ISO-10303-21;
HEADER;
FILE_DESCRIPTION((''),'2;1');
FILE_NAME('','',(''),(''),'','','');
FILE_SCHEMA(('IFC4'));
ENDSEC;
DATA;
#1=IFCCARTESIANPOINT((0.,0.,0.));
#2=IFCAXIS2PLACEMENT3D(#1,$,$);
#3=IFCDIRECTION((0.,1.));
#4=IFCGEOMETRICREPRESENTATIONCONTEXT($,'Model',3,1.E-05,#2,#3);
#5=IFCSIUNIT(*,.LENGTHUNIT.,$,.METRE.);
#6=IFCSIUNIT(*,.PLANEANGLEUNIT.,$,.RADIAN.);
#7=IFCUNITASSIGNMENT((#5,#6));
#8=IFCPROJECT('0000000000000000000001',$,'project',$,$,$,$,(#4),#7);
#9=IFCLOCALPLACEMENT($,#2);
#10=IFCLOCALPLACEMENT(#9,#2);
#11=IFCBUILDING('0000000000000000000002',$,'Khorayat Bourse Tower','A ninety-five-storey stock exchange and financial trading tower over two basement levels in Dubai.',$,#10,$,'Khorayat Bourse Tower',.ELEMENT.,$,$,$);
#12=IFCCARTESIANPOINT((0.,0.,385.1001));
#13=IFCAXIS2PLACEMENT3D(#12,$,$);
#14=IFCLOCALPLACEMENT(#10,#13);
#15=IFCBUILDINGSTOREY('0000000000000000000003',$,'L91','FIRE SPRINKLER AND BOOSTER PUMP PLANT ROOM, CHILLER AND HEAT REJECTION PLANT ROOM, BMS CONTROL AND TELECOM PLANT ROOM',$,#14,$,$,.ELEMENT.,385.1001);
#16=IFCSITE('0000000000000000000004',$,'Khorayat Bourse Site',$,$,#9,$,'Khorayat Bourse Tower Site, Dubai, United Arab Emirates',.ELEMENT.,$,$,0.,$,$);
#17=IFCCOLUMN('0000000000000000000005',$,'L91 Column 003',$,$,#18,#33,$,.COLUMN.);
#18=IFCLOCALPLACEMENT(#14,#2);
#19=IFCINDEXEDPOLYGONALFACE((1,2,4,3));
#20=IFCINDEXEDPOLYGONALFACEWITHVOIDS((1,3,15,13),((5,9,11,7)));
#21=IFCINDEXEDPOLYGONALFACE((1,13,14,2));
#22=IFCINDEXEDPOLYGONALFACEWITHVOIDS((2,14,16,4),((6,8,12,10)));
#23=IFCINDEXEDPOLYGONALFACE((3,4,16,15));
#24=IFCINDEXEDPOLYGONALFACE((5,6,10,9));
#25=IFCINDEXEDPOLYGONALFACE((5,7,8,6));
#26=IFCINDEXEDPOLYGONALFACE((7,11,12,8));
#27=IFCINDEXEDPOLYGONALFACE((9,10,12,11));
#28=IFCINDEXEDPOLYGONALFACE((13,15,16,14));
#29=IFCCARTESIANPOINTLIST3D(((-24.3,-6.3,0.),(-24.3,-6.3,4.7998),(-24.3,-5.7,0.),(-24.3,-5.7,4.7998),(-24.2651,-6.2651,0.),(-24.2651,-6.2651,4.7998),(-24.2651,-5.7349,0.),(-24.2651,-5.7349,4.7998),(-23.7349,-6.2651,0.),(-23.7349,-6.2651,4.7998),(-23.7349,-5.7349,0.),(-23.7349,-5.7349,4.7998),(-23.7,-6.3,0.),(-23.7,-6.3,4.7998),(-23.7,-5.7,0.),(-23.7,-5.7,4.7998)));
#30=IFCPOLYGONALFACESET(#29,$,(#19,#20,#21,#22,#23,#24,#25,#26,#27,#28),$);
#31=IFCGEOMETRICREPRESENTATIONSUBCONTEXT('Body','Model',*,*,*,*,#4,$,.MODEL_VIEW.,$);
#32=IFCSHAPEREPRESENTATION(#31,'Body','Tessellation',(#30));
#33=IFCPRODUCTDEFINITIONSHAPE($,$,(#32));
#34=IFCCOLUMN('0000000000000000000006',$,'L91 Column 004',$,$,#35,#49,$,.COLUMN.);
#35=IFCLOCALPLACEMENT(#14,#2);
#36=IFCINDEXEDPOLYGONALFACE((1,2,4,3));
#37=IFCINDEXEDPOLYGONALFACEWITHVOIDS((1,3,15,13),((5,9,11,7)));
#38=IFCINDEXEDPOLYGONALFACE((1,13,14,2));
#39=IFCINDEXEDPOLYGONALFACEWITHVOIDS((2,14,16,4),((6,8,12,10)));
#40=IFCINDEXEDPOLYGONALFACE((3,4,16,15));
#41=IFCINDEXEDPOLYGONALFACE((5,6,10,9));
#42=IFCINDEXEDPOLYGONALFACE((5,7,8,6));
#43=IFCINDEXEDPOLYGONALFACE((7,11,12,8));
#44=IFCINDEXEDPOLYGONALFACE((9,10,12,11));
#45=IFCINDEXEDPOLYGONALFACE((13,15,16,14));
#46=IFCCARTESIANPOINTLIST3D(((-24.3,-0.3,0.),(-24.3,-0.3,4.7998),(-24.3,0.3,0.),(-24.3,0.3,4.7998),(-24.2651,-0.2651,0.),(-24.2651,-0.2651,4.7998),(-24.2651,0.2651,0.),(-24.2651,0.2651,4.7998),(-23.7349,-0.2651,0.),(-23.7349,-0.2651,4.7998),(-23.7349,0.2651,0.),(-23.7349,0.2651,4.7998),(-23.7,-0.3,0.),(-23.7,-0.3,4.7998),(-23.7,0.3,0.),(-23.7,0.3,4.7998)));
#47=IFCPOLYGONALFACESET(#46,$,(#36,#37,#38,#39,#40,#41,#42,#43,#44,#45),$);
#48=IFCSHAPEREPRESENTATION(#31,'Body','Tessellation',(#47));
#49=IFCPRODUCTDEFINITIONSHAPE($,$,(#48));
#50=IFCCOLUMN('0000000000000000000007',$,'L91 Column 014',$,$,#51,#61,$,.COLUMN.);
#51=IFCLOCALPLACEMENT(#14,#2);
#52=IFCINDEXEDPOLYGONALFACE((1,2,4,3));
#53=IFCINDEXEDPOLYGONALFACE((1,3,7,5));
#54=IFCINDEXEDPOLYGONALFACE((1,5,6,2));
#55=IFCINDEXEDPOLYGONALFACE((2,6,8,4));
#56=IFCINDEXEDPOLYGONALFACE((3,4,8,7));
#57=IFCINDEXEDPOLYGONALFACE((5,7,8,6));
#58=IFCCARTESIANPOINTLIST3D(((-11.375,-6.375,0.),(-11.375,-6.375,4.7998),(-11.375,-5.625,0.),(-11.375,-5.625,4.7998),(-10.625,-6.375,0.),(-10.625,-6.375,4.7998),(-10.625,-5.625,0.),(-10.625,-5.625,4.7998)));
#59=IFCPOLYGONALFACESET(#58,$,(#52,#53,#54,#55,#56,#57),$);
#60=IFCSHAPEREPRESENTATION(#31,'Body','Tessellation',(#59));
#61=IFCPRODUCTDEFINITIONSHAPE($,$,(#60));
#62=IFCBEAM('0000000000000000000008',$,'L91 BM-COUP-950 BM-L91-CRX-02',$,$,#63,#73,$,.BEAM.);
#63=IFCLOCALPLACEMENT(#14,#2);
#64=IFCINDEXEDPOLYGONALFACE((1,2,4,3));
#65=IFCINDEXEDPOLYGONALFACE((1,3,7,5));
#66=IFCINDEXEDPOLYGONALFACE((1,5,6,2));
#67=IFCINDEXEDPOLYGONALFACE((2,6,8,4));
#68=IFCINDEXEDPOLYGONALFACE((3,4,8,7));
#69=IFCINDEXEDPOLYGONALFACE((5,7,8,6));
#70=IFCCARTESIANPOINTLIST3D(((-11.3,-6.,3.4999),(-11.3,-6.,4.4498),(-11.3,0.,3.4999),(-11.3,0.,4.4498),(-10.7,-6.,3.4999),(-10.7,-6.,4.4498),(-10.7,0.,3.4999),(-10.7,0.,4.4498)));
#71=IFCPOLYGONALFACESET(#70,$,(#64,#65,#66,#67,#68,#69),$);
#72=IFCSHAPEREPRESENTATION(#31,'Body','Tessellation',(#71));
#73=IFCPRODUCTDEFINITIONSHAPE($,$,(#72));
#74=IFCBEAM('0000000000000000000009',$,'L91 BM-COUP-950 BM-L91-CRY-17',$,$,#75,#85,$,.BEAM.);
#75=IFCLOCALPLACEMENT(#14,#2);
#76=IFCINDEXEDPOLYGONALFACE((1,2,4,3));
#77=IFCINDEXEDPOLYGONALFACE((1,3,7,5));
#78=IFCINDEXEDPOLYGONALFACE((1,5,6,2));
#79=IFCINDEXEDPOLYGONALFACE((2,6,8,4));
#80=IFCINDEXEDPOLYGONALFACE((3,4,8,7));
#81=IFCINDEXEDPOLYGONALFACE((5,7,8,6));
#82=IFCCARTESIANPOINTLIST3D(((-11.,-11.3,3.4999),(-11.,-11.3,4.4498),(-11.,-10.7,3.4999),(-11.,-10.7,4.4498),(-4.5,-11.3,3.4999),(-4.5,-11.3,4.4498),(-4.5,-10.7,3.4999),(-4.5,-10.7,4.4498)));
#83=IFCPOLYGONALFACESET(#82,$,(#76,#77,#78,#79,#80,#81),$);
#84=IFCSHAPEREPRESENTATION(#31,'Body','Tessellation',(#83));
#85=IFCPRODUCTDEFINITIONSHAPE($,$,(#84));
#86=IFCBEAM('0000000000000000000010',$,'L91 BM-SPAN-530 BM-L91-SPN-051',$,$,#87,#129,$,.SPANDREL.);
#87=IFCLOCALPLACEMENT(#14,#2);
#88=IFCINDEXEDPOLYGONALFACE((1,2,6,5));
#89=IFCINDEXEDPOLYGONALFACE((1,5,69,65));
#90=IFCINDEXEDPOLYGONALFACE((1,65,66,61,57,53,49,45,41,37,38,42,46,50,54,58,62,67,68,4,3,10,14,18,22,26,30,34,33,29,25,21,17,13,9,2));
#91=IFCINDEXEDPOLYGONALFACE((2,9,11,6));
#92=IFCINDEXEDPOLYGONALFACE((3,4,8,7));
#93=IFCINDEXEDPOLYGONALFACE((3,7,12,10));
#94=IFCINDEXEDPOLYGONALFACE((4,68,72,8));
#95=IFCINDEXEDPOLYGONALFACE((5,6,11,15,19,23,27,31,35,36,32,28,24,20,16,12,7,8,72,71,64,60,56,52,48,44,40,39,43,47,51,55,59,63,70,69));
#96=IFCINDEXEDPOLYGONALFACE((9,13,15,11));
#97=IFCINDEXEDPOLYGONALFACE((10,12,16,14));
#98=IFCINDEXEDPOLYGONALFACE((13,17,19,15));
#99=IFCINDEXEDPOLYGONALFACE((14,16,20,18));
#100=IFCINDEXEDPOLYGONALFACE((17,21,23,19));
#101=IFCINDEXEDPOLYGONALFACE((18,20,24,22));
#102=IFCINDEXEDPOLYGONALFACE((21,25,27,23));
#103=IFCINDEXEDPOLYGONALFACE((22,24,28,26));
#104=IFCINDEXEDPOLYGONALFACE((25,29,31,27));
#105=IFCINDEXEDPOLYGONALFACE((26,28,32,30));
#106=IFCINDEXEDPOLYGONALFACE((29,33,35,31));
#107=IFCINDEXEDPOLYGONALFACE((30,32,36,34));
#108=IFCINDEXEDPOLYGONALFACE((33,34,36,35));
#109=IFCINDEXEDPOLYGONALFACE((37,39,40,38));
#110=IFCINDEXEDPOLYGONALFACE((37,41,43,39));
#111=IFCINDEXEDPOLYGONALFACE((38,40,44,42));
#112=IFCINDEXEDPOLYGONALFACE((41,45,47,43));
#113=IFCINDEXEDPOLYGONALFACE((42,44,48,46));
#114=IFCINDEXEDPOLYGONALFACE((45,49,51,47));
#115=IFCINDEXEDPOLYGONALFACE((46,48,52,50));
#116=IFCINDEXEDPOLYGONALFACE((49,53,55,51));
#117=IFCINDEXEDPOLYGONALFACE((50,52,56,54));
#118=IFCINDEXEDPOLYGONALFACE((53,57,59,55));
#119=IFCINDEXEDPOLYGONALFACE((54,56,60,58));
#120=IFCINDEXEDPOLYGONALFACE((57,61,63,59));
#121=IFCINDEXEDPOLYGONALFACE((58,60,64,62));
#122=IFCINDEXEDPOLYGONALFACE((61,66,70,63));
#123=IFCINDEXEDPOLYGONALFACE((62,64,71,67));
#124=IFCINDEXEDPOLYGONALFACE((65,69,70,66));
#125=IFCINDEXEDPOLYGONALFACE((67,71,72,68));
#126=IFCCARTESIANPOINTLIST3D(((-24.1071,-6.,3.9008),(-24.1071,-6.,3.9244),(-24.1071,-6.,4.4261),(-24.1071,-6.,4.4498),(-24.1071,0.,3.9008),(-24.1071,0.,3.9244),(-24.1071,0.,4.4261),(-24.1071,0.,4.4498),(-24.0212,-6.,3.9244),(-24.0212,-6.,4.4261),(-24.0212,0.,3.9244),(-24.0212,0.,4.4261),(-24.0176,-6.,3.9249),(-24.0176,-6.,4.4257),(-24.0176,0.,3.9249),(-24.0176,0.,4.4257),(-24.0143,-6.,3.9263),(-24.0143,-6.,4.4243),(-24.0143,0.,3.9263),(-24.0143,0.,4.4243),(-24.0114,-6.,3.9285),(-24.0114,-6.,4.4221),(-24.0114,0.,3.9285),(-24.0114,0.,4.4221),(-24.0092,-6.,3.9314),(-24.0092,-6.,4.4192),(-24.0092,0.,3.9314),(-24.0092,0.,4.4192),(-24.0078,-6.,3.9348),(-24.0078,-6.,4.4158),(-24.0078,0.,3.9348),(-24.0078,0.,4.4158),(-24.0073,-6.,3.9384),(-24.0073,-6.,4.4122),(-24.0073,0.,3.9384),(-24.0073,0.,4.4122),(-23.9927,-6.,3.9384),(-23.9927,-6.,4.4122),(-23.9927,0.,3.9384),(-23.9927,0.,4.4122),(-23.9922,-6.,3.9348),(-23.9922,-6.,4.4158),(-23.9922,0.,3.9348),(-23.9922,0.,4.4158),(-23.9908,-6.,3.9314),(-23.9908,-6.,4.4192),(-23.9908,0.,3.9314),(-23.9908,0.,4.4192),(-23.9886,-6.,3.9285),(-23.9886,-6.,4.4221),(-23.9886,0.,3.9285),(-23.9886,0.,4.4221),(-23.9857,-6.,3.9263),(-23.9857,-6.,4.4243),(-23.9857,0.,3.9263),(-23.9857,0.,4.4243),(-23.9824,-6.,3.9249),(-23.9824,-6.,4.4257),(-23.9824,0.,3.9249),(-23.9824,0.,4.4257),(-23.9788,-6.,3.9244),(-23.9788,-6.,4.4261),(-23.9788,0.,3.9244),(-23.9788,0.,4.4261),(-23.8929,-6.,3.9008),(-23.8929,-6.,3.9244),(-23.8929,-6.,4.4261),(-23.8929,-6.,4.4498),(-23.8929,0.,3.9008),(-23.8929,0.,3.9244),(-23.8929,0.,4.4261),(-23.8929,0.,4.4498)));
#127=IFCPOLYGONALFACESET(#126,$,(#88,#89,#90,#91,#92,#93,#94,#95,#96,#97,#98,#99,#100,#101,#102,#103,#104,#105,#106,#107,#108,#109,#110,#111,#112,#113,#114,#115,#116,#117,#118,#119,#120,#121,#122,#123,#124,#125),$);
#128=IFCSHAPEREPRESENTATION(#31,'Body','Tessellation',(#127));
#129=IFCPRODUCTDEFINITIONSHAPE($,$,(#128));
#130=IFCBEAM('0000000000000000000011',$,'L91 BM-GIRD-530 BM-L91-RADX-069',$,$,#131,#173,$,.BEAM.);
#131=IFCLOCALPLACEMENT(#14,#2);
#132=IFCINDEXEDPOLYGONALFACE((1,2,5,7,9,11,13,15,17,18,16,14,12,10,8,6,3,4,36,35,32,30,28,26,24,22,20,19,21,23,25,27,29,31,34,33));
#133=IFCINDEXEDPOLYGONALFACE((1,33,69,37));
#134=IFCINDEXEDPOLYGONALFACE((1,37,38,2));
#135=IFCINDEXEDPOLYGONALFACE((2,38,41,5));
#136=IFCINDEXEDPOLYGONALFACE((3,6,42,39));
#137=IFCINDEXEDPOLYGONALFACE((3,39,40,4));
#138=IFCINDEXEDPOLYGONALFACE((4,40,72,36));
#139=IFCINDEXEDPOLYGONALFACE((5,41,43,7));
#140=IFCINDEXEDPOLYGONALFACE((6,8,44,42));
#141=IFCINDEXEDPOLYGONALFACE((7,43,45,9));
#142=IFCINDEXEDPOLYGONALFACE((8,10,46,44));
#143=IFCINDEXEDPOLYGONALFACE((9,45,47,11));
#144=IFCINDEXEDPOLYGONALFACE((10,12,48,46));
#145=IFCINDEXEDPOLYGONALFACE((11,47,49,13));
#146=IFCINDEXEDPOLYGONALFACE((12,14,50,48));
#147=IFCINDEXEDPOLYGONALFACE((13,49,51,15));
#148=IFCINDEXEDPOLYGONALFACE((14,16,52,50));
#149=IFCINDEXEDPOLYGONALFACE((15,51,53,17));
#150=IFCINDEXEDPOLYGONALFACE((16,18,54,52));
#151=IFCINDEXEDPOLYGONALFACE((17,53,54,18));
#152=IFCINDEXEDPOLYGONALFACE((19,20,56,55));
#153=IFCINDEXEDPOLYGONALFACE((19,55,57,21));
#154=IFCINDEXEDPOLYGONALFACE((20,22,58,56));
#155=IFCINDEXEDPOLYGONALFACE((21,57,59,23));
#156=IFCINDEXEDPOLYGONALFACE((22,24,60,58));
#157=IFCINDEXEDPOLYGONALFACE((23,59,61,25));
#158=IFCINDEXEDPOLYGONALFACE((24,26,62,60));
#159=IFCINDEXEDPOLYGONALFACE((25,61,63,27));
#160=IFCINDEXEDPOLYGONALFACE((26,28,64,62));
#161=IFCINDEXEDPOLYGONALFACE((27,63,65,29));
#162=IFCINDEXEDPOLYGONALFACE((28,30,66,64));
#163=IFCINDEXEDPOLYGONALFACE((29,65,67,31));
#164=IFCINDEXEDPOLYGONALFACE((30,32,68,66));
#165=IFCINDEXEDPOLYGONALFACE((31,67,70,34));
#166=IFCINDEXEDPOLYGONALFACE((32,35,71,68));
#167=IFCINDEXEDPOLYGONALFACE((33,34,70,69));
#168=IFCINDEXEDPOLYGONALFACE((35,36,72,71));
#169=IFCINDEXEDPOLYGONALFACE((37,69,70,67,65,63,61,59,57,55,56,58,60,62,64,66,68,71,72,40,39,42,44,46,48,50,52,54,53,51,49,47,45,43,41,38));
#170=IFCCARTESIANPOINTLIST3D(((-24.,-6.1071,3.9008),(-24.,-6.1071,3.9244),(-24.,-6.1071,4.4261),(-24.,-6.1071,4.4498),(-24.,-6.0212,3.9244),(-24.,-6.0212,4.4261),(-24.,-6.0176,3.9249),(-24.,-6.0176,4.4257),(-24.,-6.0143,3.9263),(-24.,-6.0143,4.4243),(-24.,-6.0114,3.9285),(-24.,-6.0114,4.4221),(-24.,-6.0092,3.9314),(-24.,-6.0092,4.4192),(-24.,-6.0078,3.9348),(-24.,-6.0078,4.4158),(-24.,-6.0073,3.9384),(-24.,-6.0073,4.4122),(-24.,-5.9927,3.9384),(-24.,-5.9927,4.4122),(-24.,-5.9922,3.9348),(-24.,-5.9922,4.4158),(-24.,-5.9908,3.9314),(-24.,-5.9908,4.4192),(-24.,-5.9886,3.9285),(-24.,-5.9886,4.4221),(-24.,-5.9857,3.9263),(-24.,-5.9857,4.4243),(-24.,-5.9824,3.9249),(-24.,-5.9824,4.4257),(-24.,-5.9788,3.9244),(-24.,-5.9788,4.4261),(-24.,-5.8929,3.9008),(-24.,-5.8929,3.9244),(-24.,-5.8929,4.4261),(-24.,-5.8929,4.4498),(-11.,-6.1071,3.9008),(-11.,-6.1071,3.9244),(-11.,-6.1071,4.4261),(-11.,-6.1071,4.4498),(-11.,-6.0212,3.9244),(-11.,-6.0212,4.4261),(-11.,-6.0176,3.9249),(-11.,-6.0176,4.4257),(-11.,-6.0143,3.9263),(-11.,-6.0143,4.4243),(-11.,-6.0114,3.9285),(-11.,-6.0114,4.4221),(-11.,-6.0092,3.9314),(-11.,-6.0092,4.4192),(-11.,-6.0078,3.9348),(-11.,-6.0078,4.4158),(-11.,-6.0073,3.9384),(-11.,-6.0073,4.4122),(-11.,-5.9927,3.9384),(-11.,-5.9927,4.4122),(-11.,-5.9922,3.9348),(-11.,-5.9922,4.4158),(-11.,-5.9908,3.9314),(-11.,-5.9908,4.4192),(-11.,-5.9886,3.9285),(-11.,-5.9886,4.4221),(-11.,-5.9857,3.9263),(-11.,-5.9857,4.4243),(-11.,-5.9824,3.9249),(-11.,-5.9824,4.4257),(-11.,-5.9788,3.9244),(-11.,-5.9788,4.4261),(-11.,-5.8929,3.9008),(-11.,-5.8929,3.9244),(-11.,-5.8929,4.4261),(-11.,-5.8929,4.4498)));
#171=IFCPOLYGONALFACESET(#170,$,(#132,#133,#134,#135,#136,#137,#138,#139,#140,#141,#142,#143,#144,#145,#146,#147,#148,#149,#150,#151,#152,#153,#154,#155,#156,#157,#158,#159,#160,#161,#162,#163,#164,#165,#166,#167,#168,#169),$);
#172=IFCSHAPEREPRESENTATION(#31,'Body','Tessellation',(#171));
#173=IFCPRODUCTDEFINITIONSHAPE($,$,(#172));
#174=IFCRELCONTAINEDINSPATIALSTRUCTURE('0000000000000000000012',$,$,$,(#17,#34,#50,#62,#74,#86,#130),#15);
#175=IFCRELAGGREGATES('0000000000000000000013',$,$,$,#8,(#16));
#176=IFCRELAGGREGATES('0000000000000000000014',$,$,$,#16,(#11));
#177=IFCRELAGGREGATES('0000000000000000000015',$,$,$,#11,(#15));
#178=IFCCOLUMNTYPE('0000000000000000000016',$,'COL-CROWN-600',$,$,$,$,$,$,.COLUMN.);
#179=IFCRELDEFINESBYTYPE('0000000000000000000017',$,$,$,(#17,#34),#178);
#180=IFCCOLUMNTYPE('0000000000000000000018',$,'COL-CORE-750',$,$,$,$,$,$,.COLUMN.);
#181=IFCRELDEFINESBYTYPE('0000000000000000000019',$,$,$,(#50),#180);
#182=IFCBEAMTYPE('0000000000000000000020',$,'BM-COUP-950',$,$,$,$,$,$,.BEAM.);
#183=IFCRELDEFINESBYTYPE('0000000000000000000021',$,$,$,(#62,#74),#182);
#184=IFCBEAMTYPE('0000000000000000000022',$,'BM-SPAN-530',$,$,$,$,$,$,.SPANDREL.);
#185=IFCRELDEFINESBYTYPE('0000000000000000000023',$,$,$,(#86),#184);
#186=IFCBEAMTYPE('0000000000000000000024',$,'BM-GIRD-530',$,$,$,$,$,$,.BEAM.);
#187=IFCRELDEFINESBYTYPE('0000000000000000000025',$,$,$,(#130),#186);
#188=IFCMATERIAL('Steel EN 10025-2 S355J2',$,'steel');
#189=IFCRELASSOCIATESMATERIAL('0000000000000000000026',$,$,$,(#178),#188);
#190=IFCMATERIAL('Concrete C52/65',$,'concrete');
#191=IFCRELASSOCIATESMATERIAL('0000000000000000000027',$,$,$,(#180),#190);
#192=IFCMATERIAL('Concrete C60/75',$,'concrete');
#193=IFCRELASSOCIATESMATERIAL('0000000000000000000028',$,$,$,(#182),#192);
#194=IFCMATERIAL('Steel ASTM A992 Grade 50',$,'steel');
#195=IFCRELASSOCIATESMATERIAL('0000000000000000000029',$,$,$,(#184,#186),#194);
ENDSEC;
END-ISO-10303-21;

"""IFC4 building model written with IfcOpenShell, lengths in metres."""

from ifc_helpers import new_model, si_unit, direction, frame, origin, origin_2d, place, context, subcontext, project, spatial, rectangle, hollow_rectangle, i_section, extrude, source, transform, mapped, material, material_profile, profile_set, type_object, element, save


model = new_model("IFC4")

# Units and contexts
model_context = context("Model", 3, precision=1e-05, world=origin(), true_north=direction((0.0, 1.0)))
body_context = subcontext(model_context, "Body", "Model", "MODEL_VIEW")
ifc_project = project(units=[si_unit("LENGTHUNIT", "METRE"), si_unit("PLANEANGLEUNIT", "RADIAN")], contexts=[model_context])

# Site, building, storey
site_placement = place(None, origin())
site = spatial("IfcSite", under=ifc_project, at=site_placement, Name="Khorayat Bourse Site", LongName="Khorayat Bourse Tower Site, Dubai, United Arab Emirates", CompositionType="ELEMENT", RefElevation=0.0)
building_placement = place(site_placement, origin())
building = spatial("IfcBuilding", under=site, at=building_placement, Name="Khorayat Bourse Tower", Description="A ninety-five-storey stock exchange and financial trading tower over two basement levels in Dubai.", LongName="Khorayat Bourse Tower", CompositionType="ELEMENT")
storey_placement = place(building_placement, frame((0.0, 0.0, 385.1001)))
storey = spatial("IfcBuildingStorey", under=building, at=storey_placement, Name="L91", Description="FIRE SPRINKLER AND BOOSTER PUMP PLANT ROOM, CHILLER AND HEAT REJECTION PLANT ROOM, BMS CONTROL AND TELECOM PLANT ROOM", CompositionType="ELEMENT", Elevation=385.1001)

# Columns
ifc_material_1 = material(Name="Steel EN 10025-2 S355J2", Category="steel")
ifc_material_profile_1 = material_profile(ifc_material_1, hollow_rectangle(XDim=0.6001, YDim=0.6001, WallThickness=0.0349, at=origin_2d()), Name="BOX 600x600x35")
ifc_profile_set_1 = profile_set([ifc_material_profile_1], Name="Steel EN 10025-2 S355J2")
column_type_1 = type_object("IfcColumnType", Name="COL-CROWN-600", PredefinedType="COLUMN", material=ifc_profile_set_1)
shared_shape_1 = source(origin(), body_context, "Body", "SweptSolid", [
    extrude(hollow_rectangle(XDim=0.6001, YDim=0.6001, WallThickness=0.0349, at=origin_2d()), origin(), (0.0, 0.0, 1.0), 4.7998),
])
for number, where, z_axis, x_axis, name in (
    (1, (-24.0, -6.0, 0.0), (0.0, 0.0, 1.0), (1.0, 0.0, 0.0), "L91 Column 003"),
    (2, (-24.0, 0.0, 0.0), (0.0, 0.0, 1.0), (1.0, 0.0, 0.0), "L91 Column 004"),
):
    element("IfcColumn", number, at=place(storey_placement, frame(where, z_axis=z_axis, x_axis=x_axis)), inside=storey, type_object=column_type_1, Name=name, PredefinedType="COLUMN", context=body_context, shape_type="MappedRepresentation", body=[
        mapped(shared_shape_1, transform((0.0, 0.0, 0.0), scale=1.0)),
    ])
ifc_material_2 = material(Name="Concrete C52/65", Category="concrete")
ifc_material_profile_2 = material_profile(ifc_material_2, rectangle(XDim=0.75, YDim=0.75, at=origin_2d()), Name="RC 750x750")
ifc_profile_set_2 = profile_set([ifc_material_profile_2], Name="Concrete C52/65")
column_type_2 = type_object("IfcColumnType", Name="COL-CORE-750", PredefinedType="COLUMN", material=ifc_profile_set_2)
shared_shape_2 = source(origin(), body_context, "Body", "SweptSolid", [
    extrude(rectangle(XDim=0.75, YDim=0.75, at=origin_2d()), origin(), (0.0, 0.0, 1.0), 4.7998),
])
column_placement = place(storey_placement, frame((-11.0, -6.0, 0.0), z_axis=(0.0, 0.0, 1.0), x_axis=(1.0, 0.0, 0.0)))
element("IfcColumn", 3, at=column_placement, inside=storey, type_object=column_type_2, Name="L91 Column 014", PredefinedType="COLUMN", context=body_context, shape_type="MappedRepresentation", body=[
    mapped(shared_shape_2, transform((0.0, 0.0, 0.0), scale=1.0)),
])

# Beams
ifc_material_3 = material(Name="Concrete C60/75", Category="concrete")
ifc_material_profile_3 = material_profile(ifc_material_3, rectangle(XDim=0.6001, YDim=0.95, at=origin_2d()), Name="RC 600x950")
ifc_profile_set_3 = profile_set([ifc_material_profile_3], Name="Concrete C60/75")
beam_type_1 = type_object("IfcBeamType", Name="BM-COUP-950", PredefinedType="BEAM", material=ifc_profile_set_3)
shared_shape_3 = source(origin(), body_context, "Body", "SweptSolid", [
    extrude(rectangle(XDim=0.6001, YDim=0.95, at=origin_2d()), origin(), (0.0, 0.0, 1.0), 6.0),
])
beam_1_placement = place(storey_placement, frame((-11.0, -6.0, 3.9749), z_axis=(0.0, 1.0, 0.0), x_axis=(-1.0, 0.0, 0.0)))
element("IfcBeam", 4, at=beam_1_placement, inside=storey, type_object=beam_type_1, Name="L91 BM-COUP-950 BM-L91-CRX-02", PredefinedType="BEAM", context=body_context, shape_type="MappedRepresentation", body=[
    mapped(shared_shape_3, transform((0.0, 0.0, 0.0), scale=1.0)),
])
shared_shape_4 = source(origin(), body_context, "Body", "SweptSolid", [
    extrude(rectangle(XDim=0.6001, YDim=0.95, at=origin_2d()), origin(), (0.0, 0.0, 1.0), 6.5),
])
beam_2_placement = place(storey_placement, frame((-11.0, -11.0, 3.9749), z_axis=(1.0, 0.0, 0.0), x_axis=(0.0, 1.0, 0.0)))
element("IfcBeam", 5, at=beam_2_placement, inside=storey, type_object=beam_type_1, Name="L91 BM-COUP-950 BM-L91-CRY-17", PredefinedType="BEAM", context=body_context, shape_type="MappedRepresentation", body=[
    mapped(shared_shape_4, transform((0.0, 0.0, 0.0), scale=1.0)),
])
ifc_material_4 = material(Name="Steel ASTM A992 Grade 50", Category="steel")
ifc_material_profile_4 = material_profile(ifc_material_4, i_section(OverallWidth=0.2141, OverallDepth=0.5491, WebThickness=0.0146, FlangeThickness=0.0237, FilletRadius=0.0139, at=origin_2d()), Name="W530X138")
ifc_profile_set_4 = profile_set([ifc_material_profile_4], Name="Steel ASTM A992 Grade 50")
beam_type_2 = type_object("IfcBeamType", Name="BM-SPAN-530", PredefinedType="SPANDREL", material=ifc_profile_set_4)
shared_shape_5 = source(origin(), body_context, "Body", "SweptSolid", [
    extrude(i_section(OverallWidth=0.2141, OverallDepth=0.5491, WebThickness=0.0146, FlangeThickness=0.0237, FilletRadius=0.0139, at=origin_2d()), origin(), (0.0, 0.0, 1.0), 6.0),
])
beam_3_placement = place(storey_placement, frame((-24.0, -6.0, 4.1753), z_axis=(0.0, 1.0, 0.0), x_axis=(-1.0, 0.0, 0.0)))
element("IfcBeam", 6, at=beam_3_placement, inside=storey, type_object=beam_type_2, Name="L91 BM-SPAN-530 BM-L91-SPN-051", PredefinedType="SPANDREL", context=body_context, shape_type="MappedRepresentation", body=[
    mapped(shared_shape_5, transform((0.0, 0.0, 0.0), scale=1.0)),
])
ifc_material_profile_5 = material_profile(ifc_material_4, i_section(OverallWidth=0.2141, OverallDepth=0.5491, WebThickness=0.0146, FlangeThickness=0.0237, FilletRadius=0.0139, at=origin_2d()), Name="W530X138")
ifc_profile_set_5 = profile_set([ifc_material_profile_5], Name="Steel ASTM A992 Grade 50")
beam_type_3 = type_object("IfcBeamType", Name="BM-GIRD-530", PredefinedType="BEAM", material=ifc_profile_set_5)
shared_shape_6 = source(origin(), body_context, "Body", "SweptSolid", [
    extrude(i_section(OverallWidth=0.2141, OverallDepth=0.5491, WebThickness=0.0146, FlangeThickness=0.0237, FilletRadius=0.0139, at=origin_2d()), origin(), (0.0, 0.0, 1.0), 13.0),
])
beam_4_placement = place(storey_placement, frame((-24.0, -6.0, 4.1753), z_axis=(1.0, 0.0, 0.0), x_axis=(0.0, 1.0, 0.0)))
element("IfcBeam", 7, at=beam_4_placement, inside=storey, type_object=beam_type_3, Name="L91 BM-GIRD-530 BM-L91-RADX-069", PredefinedType="BEAM", context=body_context, shape_type="MappedRepresentation", body=[
    mapped(shared_shape_6, transform((0.0, 0.0, 0.0), scale=1.0)),
])

save(model, "model.ifc")
